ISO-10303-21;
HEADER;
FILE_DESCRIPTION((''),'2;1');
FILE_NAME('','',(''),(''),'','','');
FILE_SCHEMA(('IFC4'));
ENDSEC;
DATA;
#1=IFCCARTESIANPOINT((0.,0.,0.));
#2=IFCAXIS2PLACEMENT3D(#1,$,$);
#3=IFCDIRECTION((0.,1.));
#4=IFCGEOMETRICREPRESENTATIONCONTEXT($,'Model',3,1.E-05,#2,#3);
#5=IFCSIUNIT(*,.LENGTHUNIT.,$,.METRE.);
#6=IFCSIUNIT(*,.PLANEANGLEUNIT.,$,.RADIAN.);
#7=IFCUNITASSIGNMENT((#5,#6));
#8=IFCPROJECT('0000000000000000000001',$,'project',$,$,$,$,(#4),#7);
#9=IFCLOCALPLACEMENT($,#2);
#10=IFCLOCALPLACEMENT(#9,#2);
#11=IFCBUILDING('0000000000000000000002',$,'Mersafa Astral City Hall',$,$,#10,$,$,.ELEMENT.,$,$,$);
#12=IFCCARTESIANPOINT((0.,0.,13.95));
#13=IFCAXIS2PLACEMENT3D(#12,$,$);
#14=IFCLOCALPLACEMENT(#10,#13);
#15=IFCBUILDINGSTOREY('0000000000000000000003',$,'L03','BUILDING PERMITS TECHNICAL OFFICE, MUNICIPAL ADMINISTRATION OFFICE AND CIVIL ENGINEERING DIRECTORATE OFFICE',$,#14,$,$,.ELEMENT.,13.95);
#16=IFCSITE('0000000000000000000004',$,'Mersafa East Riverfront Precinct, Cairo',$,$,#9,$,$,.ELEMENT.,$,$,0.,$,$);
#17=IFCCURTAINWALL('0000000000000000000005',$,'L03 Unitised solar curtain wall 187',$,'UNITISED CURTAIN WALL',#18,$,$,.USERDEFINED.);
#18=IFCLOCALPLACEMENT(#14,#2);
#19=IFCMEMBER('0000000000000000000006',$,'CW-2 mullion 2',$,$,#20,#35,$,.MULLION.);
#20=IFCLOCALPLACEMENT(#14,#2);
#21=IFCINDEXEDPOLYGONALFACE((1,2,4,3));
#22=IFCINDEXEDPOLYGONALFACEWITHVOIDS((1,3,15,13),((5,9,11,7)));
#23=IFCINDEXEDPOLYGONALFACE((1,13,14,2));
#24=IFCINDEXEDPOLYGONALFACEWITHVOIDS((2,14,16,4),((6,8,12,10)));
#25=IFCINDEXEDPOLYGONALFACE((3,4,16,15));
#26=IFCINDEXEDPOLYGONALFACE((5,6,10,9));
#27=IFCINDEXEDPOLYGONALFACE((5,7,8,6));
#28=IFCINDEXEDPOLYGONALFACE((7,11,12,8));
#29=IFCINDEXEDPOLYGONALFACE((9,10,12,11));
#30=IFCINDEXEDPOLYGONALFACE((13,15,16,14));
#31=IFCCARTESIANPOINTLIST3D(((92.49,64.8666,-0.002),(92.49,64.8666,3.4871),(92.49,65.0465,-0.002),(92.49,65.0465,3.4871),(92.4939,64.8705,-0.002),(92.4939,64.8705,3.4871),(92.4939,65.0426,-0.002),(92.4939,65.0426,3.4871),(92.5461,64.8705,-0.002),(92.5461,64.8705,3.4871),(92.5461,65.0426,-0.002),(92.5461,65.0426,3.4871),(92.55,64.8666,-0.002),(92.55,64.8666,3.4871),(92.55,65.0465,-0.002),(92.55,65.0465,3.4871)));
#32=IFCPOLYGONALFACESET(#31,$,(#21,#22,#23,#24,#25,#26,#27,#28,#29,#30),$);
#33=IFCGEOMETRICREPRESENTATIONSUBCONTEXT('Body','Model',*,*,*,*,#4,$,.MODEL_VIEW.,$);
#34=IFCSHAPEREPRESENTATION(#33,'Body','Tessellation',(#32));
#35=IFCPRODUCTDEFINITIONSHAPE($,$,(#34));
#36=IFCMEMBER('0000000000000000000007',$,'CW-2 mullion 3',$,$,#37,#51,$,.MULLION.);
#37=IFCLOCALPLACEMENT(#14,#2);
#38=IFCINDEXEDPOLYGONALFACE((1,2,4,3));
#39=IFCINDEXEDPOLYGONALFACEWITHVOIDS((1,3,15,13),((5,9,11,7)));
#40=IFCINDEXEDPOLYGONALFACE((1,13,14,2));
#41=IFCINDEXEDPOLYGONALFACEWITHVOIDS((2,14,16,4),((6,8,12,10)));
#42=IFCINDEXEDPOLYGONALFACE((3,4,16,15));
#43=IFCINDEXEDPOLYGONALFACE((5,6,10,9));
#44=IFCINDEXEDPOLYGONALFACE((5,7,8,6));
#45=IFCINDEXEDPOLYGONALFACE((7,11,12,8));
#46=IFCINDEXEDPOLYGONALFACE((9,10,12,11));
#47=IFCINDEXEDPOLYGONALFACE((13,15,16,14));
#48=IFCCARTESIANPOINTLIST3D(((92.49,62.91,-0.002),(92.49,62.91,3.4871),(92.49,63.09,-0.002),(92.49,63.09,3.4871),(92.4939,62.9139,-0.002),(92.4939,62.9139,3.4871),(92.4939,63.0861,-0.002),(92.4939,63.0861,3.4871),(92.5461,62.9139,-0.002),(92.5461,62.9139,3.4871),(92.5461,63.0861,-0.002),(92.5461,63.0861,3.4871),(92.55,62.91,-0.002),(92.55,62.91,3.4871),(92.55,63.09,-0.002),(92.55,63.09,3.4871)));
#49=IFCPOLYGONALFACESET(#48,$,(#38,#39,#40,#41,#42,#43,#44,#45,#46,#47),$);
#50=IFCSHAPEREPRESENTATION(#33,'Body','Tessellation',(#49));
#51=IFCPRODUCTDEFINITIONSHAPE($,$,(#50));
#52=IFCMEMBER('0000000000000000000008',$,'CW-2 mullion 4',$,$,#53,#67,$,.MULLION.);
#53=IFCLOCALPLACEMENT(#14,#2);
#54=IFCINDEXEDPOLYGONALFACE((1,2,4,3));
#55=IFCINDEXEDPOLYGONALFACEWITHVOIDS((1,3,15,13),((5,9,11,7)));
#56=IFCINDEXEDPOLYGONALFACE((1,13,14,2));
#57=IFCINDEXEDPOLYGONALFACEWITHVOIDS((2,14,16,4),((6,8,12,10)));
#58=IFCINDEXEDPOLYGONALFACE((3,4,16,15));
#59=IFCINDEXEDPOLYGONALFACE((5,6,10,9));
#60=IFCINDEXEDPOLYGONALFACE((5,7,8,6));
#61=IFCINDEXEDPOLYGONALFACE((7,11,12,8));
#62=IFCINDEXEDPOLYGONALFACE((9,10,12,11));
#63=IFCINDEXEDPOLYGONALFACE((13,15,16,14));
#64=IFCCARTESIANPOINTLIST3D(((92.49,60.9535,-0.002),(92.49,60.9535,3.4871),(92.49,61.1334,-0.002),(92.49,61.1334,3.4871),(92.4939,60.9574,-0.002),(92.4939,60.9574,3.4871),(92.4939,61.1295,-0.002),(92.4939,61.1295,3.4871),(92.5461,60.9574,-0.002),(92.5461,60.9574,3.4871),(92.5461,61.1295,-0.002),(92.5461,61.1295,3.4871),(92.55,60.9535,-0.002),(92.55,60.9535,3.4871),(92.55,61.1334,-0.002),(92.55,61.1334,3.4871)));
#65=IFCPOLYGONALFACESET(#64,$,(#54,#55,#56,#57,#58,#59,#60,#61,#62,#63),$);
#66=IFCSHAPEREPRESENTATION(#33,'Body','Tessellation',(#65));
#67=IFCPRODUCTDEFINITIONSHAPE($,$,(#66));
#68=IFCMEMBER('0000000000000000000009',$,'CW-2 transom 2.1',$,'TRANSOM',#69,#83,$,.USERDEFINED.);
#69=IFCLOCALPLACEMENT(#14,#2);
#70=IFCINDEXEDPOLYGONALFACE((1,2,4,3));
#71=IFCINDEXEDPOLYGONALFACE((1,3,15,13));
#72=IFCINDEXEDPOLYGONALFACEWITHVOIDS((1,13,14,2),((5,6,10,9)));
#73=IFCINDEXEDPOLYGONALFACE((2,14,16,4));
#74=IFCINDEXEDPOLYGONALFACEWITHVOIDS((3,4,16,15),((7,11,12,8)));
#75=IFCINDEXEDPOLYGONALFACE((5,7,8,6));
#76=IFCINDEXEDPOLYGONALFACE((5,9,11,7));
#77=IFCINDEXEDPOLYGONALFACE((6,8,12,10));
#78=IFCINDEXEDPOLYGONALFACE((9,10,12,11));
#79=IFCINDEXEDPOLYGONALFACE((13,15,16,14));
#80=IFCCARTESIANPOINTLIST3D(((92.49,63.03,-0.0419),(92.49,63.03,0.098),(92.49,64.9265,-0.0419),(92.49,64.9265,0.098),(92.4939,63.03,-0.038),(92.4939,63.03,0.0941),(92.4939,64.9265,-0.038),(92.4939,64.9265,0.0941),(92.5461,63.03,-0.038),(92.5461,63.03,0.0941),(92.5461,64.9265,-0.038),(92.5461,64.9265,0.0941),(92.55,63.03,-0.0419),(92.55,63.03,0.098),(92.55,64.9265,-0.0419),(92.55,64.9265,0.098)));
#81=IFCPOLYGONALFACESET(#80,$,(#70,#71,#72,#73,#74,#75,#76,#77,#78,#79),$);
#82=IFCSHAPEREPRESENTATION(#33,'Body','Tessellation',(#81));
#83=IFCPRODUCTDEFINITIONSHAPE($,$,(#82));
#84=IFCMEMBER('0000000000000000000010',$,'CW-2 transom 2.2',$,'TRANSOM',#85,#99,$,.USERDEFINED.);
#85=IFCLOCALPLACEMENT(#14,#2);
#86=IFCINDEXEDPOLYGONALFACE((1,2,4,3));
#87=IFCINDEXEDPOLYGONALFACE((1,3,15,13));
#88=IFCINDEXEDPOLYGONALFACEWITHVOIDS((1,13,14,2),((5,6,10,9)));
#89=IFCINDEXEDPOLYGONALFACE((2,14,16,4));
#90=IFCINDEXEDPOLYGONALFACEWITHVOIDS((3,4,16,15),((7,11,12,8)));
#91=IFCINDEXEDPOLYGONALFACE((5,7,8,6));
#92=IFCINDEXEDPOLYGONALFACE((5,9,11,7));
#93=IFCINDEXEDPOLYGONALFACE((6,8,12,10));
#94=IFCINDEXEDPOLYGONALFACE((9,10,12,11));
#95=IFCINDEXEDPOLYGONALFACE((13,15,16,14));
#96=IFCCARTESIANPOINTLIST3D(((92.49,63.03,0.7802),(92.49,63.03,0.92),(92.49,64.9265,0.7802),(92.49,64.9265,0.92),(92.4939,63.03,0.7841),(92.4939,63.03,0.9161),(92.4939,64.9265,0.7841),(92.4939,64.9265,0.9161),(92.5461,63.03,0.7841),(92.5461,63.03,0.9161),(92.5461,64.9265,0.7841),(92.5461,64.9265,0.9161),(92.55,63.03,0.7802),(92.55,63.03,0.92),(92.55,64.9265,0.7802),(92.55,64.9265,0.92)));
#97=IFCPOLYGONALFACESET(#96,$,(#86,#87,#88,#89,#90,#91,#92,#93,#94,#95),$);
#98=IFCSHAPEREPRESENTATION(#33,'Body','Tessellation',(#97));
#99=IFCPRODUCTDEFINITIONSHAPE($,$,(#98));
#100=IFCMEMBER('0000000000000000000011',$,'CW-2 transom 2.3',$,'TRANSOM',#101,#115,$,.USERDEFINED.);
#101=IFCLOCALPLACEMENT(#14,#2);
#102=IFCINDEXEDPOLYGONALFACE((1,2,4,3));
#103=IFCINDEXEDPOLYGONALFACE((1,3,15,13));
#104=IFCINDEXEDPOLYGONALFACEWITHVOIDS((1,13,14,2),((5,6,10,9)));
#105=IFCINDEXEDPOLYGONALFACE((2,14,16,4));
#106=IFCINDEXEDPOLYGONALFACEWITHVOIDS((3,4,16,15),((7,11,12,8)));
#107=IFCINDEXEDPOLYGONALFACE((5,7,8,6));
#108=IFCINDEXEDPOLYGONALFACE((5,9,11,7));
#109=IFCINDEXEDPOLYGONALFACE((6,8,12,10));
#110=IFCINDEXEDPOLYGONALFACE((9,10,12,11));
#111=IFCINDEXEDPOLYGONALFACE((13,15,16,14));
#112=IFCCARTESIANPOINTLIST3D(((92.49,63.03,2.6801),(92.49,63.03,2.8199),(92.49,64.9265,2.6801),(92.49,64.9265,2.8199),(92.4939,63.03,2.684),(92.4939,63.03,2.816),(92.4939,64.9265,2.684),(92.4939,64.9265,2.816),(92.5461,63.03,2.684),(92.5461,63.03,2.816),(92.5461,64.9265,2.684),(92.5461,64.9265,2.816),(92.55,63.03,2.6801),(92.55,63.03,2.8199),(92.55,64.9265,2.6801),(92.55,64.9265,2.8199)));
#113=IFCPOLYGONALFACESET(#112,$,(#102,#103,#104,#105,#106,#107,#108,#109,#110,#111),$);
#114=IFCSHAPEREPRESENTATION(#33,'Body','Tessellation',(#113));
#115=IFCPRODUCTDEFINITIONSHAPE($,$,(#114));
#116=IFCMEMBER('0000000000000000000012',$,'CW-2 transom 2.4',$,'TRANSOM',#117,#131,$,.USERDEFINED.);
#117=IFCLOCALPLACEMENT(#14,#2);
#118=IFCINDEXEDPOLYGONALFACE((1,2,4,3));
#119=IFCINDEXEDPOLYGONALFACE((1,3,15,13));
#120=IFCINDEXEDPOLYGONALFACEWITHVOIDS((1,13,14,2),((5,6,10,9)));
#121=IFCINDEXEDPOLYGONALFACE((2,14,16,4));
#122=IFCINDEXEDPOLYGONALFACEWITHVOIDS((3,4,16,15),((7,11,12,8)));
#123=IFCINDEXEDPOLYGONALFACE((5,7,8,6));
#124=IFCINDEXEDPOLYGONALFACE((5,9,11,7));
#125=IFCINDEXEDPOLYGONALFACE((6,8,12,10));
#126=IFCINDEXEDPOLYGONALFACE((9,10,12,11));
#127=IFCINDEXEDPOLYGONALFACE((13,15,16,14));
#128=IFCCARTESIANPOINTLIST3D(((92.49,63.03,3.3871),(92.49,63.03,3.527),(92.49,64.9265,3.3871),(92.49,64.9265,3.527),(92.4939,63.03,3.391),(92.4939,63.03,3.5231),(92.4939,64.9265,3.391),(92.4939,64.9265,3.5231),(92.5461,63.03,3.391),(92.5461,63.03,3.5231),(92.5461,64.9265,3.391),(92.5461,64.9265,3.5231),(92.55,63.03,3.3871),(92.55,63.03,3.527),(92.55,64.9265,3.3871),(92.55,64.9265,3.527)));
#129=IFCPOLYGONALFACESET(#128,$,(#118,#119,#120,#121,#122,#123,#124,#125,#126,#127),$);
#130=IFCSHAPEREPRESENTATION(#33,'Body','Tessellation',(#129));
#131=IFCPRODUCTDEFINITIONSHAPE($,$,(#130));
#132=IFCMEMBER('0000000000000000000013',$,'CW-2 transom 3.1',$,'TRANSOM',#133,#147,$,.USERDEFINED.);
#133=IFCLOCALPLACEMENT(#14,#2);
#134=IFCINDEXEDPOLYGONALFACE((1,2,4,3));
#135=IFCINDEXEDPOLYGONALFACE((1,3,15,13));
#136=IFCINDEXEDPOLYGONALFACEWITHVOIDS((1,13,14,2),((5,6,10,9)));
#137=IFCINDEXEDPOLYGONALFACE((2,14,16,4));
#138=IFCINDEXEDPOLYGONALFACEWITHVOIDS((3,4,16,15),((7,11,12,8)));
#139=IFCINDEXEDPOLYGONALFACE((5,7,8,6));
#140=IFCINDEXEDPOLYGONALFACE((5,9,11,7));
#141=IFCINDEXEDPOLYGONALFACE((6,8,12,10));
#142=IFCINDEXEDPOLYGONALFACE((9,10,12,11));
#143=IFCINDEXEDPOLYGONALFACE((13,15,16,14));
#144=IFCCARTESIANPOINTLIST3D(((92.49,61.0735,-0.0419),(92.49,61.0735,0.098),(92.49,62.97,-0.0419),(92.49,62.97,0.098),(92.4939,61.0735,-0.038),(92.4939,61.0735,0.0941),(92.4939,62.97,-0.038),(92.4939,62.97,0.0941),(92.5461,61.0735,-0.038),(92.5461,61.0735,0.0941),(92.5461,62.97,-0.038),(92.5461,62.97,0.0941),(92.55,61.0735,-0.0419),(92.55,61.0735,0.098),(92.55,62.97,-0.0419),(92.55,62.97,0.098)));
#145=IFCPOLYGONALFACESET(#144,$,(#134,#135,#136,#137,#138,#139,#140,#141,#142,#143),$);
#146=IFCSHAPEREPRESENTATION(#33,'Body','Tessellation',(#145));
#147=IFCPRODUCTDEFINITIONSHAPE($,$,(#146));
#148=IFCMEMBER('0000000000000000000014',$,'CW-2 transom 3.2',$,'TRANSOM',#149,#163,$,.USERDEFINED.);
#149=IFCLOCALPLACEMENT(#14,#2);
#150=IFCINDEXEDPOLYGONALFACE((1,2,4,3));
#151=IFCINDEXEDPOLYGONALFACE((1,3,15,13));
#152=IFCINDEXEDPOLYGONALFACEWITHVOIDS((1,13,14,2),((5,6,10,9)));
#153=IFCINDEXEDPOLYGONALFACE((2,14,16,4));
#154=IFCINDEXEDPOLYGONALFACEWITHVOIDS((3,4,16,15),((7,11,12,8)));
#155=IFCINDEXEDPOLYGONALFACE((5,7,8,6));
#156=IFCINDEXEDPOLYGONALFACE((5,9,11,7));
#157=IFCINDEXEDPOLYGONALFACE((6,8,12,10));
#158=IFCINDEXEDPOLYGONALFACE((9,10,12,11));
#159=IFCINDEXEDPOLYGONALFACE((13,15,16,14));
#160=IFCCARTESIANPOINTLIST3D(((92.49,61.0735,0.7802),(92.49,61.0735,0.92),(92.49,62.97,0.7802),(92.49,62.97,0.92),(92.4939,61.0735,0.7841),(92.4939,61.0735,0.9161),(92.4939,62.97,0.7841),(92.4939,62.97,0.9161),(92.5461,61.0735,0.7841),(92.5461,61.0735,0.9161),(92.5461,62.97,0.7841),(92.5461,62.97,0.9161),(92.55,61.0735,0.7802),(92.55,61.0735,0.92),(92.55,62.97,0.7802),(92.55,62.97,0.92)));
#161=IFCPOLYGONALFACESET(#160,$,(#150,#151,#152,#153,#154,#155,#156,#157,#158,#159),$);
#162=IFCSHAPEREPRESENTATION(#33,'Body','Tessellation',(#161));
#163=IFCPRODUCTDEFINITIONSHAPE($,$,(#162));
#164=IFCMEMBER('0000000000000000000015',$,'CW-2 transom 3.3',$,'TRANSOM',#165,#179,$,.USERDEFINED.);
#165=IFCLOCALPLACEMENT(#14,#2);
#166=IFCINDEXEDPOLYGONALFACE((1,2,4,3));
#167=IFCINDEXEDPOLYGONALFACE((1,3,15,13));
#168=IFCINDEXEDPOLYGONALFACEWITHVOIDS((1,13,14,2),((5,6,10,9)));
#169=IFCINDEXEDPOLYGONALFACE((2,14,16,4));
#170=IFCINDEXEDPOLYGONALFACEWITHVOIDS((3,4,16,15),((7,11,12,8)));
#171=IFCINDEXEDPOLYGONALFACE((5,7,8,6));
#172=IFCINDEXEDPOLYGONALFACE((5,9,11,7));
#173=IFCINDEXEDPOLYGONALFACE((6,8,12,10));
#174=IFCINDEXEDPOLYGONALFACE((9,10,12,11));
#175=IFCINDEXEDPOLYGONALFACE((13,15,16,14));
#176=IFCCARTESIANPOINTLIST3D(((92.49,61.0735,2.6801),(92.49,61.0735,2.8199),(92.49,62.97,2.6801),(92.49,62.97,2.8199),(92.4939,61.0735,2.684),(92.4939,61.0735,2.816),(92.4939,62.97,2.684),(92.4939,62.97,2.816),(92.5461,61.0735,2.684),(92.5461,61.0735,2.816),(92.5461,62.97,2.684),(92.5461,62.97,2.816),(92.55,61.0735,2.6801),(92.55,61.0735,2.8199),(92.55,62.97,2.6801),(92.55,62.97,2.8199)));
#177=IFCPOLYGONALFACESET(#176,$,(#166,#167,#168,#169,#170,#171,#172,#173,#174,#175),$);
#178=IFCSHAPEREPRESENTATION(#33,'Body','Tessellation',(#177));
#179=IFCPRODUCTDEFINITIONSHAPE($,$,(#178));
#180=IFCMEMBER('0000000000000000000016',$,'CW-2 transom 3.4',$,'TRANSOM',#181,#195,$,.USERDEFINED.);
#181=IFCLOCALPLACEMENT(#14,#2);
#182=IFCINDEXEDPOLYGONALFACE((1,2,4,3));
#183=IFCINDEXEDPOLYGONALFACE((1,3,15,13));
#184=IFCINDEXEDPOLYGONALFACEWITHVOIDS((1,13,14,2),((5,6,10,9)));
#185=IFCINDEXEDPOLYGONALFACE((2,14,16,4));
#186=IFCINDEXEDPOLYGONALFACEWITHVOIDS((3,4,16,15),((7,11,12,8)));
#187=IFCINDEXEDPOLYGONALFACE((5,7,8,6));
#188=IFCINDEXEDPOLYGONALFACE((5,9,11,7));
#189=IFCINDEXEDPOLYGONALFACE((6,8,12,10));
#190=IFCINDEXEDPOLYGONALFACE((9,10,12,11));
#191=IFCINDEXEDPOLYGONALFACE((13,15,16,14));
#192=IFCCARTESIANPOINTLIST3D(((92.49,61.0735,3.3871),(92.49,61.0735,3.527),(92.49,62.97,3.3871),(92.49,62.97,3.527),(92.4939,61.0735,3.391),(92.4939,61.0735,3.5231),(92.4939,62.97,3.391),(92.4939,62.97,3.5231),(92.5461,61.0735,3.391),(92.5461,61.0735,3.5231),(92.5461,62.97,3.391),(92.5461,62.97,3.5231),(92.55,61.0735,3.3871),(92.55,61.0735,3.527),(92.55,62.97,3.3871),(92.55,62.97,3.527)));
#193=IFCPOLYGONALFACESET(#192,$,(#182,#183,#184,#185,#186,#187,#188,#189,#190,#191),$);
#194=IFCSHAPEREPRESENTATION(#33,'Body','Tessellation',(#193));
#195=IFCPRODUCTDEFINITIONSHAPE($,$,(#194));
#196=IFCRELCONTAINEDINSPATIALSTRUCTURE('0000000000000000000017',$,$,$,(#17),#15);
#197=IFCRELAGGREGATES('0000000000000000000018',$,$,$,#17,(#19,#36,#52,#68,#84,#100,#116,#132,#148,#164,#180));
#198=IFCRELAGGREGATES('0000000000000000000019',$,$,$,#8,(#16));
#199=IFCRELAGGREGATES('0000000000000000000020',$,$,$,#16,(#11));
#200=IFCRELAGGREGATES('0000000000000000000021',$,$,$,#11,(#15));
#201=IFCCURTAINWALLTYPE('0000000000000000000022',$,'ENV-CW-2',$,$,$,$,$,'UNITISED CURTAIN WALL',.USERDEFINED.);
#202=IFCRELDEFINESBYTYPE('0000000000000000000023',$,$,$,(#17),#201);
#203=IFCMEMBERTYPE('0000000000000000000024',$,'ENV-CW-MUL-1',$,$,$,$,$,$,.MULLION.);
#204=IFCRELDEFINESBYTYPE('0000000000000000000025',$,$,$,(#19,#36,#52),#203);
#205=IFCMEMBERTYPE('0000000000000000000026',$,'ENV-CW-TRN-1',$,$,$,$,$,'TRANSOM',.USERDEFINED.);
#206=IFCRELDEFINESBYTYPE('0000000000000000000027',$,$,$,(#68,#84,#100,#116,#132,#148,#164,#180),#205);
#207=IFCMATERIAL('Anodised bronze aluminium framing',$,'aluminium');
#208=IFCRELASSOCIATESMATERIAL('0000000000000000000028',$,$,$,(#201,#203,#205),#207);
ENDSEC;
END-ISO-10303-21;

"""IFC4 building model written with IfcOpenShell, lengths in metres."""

from ifc_helpers import new_model, si_unit, direction, frame, origin, origin_2d, place, context, subcontext, project, spatial, hollow_rectangle, extrude, material, material_profile, profile_set, type_object, element, aggregate, save


model = new_model("IFC4")

# Units and contexts
model_context = context("Model", 3, precision=1e-05, world=origin(), true_north=direction((0.0, 1.0)))
body_context = subcontext(model_context, "Body", "Model", "MODEL_VIEW")
ifc_project = project(units=[si_unit("LENGTHUNIT", "METRE"), si_unit("PLANEANGLEUNIT", "RADIAN")], contexts=[model_context])

# Site, building, storey
site_placement = place(None, origin())
site = spatial("IfcSite", under=ifc_project, at=site_placement, Name="Mersafa East Riverfront Precinct, Cairo", CompositionType="ELEMENT", RefElevation=0.0)
building_placement = place(site_placement, origin())
building = spatial("IfcBuilding", under=site, at=building_placement, Name="Mersafa Astral City Hall", CompositionType="ELEMENT")
storey_placement = place(building_placement, frame((0.0, 0.0, 13.95)))
storey = spatial("IfcBuildingStorey", under=building, at=storey_placement, Name="L03", Description="BUILDING PERMITS TECHNICAL OFFICE, MUNICIPAL ADMINISTRATION OFFICE AND CIVIL ENGINEERING DIRECTORATE OFFICE", CompositionType="ELEMENT", Elevation=13.95)

# Curtain wall, members
ifc_material_1 = material(Name="Anodised bronze aluminium framing", Category="aluminium")
curtain_wall_type = type_object("IfcCurtainWallType", Name="ENV-CW-2", ElementType="UNITISED CURTAIN WALL", PredefinedType="USERDEFINED", material=ifc_material_1)
curtain_wall_placement = place(storey_placement, origin())
curtain_wall = element("IfcCurtainWall", 1, at=curtain_wall_placement, inside=storey, type_object=curtain_wall_type, Name="L03 Unitised solar curtain wall 187", ObjectType="UNITISED CURTAIN WALL", PredefinedType="USERDEFINED")
ifc_material_profile_1 = material_profile(ifc_material_1, hollow_rectangle(XDim=0.0601, YDim=0.1799, WallThickness=0.0039, at=origin_2d()), Name="RHS 60x180x4")
ifc_profile_set_1 = profile_set([ifc_material_profile_1], Name="Anodised bronze aluminium framing")
member_type_1 = type_object("IfcMemberType", Name="ENV-CW-MUL-1", PredefinedType="MULLION", material=ifc_profile_set_1)
member_1_placement = place(storey_placement, frame((92.52, 64.9565, -0.002), z_axis=(0.0, 0.0, 1.0), x_axis=(1.0, 0.0, 0.0)))
member_1 = element("IfcMember", 2, at=member_1_placement, type_object=member_type_1, Name="CW-2 mullion 2", PredefinedType="MULLION", context=body_context, shape_type="SweptSolid", body=[
    extrude(hollow_rectangle(XDim=0.0601, YDim=0.1799, WallThickness=0.0039, at=origin_2d()), origin(), (0.0, 0.0, 1.0), 3.489),
])
member_2_placement = place(storey_placement, frame((92.52, 63.0, -0.002), z_axis=(0.0, 0.0, 1.0), x_axis=(1.0, 0.0, 0.0)))
member_2 = element("IfcMember", 3, at=member_2_placement, type_object=member_type_1, Name="CW-2 mullion 3", PredefinedType="MULLION", context=body_context, shape_type="SweptSolid", body=[
    extrude(hollow_rectangle(XDim=0.0601, YDim=0.1799, WallThickness=0.0039, at=origin_2d()), origin(), (0.0, 0.0, 1.0), 3.489),
])
member_3_placement = place(storey_placement, frame((92.52, 61.0435, -0.002), z_axis=(0.0, 0.0, 1.0), x_axis=(1.0, 0.0, 0.0)))
member_3 = element("IfcMember", 4, at=member_3_placement, type_object=member_type_1, Name="CW-2 mullion 4", PredefinedType="MULLION", context=body_context, shape_type="SweptSolid", body=[
    extrude(hollow_rectangle(XDim=0.0601, YDim=0.1799, WallThickness=0.0039, at=origin_2d()), origin(), (0.0, 0.0, 1.0), 3.489),
])
ifc_material_profile_2 = material_profile(ifc_material_1, hollow_rectangle(XDim=0.0601, YDim=0.1399, WallThickness=0.0039, at=origin_2d()), Name="RHS 60x140x4")
ifc_profile_set_2 = profile_set([ifc_material_profile_2], Name="Anodised bronze aluminium framing")
member_type_2 = type_object("IfcMemberType", Name="ENV-CW-TRN-1", ElementType="TRANSOM", PredefinedType="USERDEFINED", material=ifc_profile_set_2)
member_4_placement = place(storey_placement, frame((92.52, 64.9265, 0.0281), z_axis=(0.0, -1.0, 0.0), x_axis=(1.0, 0.0, 0.0)))
member_4 = element("IfcMember", 5, at=member_4_placement, type_object=member_type_2, Name="CW-2 transom 2.1", ObjectType="TRANSOM", PredefinedType="USERDEFINED", context=body_context, shape_type="SweptSolid", body=[
    extrude(hollow_rectangle(XDim=0.0601, YDim=0.1399, WallThickness=0.0039, at=origin_2d()), origin(), (0.0, 0.0, 1.0), 1.8965),
])
member_5_placement = place(storey_placement, frame((92.52, 64.9265, 0.8501), z_axis=(0.0, -1.0, 0.0), x_axis=(1.0, 0.0, 0.0)))
member_5 = element("IfcMember", 6, at=member_5_placement, type_object=member_type_2, Name="CW-2 transom 2.2", ObjectType="TRANSOM", PredefinedType="USERDEFINED", context=body_context, shape_type="SweptSolid", body=[
    extrude(hollow_rectangle(XDim=0.0601, YDim=0.1399, WallThickness=0.0039, at=origin_2d()), origin(), (0.0, 0.0, 1.0), 1.8965),
])
member_6_placement = place(storey_placement, frame((92.52, 64.9265, 2.75), z_axis=(0.0, -1.0, 0.0), x_axis=(1.0, 0.0, 0.0)))
member_6 = element("IfcMember", 7, at=member_6_placement, type_object=member_type_2, Name="CW-2 transom 2.3", ObjectType="TRANSOM", PredefinedType="USERDEFINED", context=body_context, shape_type="SweptSolid", body=[
    extrude(hollow_rectangle(XDim=0.0601, YDim=0.1399, WallThickness=0.0039, at=origin_2d()), origin(), (0.0, 0.0, 1.0), 1.8965),
])
member_7_placement = place(storey_placement, frame((92.52, 64.9265, 3.457), z_axis=(0.0, -1.0, 0.0), x_axis=(1.0, 0.0, 0.0)))
member_7 = element("IfcMember", 8, at=member_7_placement, type_object=member_type_2, Name="CW-2 transom 2.4", ObjectType="TRANSOM", PredefinedType="USERDEFINED", context=body_context, shape_type="SweptSolid", body=[
    extrude(hollow_rectangle(XDim=0.0601, YDim=0.1399, WallThickness=0.0039, at=origin_2d()), origin(), (0.0, 0.0, 1.0), 1.8965),
])
member_8_placement = place(storey_placement, frame((92.52, 62.97, 0.0281), z_axis=(0.0, -1.0, 0.0), x_axis=(1.0, 0.0, 0.0)))
member_8 = element("IfcMember", 9, at=member_8_placement, type_object=member_type_2, Name="CW-2 transom 3.1", ObjectType="TRANSOM", PredefinedType="USERDEFINED", context=body_context, shape_type="SweptSolid", body=[
    extrude(hollow_rectangle(XDim=0.0601, YDim=0.1399, WallThickness=0.0039, at=origin_2d()), origin(), (0.0, 0.0, 1.0), 1.8965),
])
member_9_placement = place(storey_placement, frame((92.52, 62.97, 0.8501), z_axis=(0.0, -1.0, 0.0), x_axis=(1.0, 0.0, 0.0)))
member_9 = element("IfcMember", 10, at=member_9_placement, type_object=member_type_2, Name="CW-2 transom 3.2", ObjectType="TRANSOM", PredefinedType="USERDEFINED", context=body_context, shape_type="SweptSolid", body=[
    extrude(hollow_rectangle(XDim=0.0601, YDim=0.1399, WallThickness=0.0039, at=origin_2d()), origin(), (0.0, 0.0, 1.0), 1.8965),
])
member_10_placement = place(storey_placement, frame((92.52, 62.97, 2.75), z_axis=(0.0, -1.0, 0.0), x_axis=(1.0, 0.0, 0.0)))
member_10 = element("IfcMember", 11, at=member_10_placement, type_object=member_type_2, Name="CW-2 transom 3.3", ObjectType="TRANSOM", PredefinedType="USERDEFINED", context=body_context, shape_type="SweptSolid", body=[
    extrude(hollow_rectangle(XDim=0.0601, YDim=0.1399, WallThickness=0.0039, at=origin_2d()), origin(), (0.0, 0.0, 1.0), 1.8965),
])
member_11_placement = place(storey_placement, frame((92.52, 62.97, 3.457), z_axis=(0.0, -1.0, 0.0), x_axis=(1.0, 0.0, 0.0)))
member_11 = element("IfcMember", 12, at=member_11_placement, type_object=member_type_2, Name="CW-2 transom 3.4", ObjectType="TRANSOM", PredefinedType="USERDEFINED", context=body_context, shape_type="SweptSolid", body=[
    extrude(hollow_rectangle(XDim=0.0601, YDim=0.1399, WallThickness=0.0039, at=origin_2d()), origin(), (0.0, 0.0, 1.0), 1.8965),
])
aggregate(curtain_wall, [member_1, member_2, member_3, member_4, member_5, member_6, member_7, member_8, member_9, member_10, member_11])

save(model, "model.ifc")
